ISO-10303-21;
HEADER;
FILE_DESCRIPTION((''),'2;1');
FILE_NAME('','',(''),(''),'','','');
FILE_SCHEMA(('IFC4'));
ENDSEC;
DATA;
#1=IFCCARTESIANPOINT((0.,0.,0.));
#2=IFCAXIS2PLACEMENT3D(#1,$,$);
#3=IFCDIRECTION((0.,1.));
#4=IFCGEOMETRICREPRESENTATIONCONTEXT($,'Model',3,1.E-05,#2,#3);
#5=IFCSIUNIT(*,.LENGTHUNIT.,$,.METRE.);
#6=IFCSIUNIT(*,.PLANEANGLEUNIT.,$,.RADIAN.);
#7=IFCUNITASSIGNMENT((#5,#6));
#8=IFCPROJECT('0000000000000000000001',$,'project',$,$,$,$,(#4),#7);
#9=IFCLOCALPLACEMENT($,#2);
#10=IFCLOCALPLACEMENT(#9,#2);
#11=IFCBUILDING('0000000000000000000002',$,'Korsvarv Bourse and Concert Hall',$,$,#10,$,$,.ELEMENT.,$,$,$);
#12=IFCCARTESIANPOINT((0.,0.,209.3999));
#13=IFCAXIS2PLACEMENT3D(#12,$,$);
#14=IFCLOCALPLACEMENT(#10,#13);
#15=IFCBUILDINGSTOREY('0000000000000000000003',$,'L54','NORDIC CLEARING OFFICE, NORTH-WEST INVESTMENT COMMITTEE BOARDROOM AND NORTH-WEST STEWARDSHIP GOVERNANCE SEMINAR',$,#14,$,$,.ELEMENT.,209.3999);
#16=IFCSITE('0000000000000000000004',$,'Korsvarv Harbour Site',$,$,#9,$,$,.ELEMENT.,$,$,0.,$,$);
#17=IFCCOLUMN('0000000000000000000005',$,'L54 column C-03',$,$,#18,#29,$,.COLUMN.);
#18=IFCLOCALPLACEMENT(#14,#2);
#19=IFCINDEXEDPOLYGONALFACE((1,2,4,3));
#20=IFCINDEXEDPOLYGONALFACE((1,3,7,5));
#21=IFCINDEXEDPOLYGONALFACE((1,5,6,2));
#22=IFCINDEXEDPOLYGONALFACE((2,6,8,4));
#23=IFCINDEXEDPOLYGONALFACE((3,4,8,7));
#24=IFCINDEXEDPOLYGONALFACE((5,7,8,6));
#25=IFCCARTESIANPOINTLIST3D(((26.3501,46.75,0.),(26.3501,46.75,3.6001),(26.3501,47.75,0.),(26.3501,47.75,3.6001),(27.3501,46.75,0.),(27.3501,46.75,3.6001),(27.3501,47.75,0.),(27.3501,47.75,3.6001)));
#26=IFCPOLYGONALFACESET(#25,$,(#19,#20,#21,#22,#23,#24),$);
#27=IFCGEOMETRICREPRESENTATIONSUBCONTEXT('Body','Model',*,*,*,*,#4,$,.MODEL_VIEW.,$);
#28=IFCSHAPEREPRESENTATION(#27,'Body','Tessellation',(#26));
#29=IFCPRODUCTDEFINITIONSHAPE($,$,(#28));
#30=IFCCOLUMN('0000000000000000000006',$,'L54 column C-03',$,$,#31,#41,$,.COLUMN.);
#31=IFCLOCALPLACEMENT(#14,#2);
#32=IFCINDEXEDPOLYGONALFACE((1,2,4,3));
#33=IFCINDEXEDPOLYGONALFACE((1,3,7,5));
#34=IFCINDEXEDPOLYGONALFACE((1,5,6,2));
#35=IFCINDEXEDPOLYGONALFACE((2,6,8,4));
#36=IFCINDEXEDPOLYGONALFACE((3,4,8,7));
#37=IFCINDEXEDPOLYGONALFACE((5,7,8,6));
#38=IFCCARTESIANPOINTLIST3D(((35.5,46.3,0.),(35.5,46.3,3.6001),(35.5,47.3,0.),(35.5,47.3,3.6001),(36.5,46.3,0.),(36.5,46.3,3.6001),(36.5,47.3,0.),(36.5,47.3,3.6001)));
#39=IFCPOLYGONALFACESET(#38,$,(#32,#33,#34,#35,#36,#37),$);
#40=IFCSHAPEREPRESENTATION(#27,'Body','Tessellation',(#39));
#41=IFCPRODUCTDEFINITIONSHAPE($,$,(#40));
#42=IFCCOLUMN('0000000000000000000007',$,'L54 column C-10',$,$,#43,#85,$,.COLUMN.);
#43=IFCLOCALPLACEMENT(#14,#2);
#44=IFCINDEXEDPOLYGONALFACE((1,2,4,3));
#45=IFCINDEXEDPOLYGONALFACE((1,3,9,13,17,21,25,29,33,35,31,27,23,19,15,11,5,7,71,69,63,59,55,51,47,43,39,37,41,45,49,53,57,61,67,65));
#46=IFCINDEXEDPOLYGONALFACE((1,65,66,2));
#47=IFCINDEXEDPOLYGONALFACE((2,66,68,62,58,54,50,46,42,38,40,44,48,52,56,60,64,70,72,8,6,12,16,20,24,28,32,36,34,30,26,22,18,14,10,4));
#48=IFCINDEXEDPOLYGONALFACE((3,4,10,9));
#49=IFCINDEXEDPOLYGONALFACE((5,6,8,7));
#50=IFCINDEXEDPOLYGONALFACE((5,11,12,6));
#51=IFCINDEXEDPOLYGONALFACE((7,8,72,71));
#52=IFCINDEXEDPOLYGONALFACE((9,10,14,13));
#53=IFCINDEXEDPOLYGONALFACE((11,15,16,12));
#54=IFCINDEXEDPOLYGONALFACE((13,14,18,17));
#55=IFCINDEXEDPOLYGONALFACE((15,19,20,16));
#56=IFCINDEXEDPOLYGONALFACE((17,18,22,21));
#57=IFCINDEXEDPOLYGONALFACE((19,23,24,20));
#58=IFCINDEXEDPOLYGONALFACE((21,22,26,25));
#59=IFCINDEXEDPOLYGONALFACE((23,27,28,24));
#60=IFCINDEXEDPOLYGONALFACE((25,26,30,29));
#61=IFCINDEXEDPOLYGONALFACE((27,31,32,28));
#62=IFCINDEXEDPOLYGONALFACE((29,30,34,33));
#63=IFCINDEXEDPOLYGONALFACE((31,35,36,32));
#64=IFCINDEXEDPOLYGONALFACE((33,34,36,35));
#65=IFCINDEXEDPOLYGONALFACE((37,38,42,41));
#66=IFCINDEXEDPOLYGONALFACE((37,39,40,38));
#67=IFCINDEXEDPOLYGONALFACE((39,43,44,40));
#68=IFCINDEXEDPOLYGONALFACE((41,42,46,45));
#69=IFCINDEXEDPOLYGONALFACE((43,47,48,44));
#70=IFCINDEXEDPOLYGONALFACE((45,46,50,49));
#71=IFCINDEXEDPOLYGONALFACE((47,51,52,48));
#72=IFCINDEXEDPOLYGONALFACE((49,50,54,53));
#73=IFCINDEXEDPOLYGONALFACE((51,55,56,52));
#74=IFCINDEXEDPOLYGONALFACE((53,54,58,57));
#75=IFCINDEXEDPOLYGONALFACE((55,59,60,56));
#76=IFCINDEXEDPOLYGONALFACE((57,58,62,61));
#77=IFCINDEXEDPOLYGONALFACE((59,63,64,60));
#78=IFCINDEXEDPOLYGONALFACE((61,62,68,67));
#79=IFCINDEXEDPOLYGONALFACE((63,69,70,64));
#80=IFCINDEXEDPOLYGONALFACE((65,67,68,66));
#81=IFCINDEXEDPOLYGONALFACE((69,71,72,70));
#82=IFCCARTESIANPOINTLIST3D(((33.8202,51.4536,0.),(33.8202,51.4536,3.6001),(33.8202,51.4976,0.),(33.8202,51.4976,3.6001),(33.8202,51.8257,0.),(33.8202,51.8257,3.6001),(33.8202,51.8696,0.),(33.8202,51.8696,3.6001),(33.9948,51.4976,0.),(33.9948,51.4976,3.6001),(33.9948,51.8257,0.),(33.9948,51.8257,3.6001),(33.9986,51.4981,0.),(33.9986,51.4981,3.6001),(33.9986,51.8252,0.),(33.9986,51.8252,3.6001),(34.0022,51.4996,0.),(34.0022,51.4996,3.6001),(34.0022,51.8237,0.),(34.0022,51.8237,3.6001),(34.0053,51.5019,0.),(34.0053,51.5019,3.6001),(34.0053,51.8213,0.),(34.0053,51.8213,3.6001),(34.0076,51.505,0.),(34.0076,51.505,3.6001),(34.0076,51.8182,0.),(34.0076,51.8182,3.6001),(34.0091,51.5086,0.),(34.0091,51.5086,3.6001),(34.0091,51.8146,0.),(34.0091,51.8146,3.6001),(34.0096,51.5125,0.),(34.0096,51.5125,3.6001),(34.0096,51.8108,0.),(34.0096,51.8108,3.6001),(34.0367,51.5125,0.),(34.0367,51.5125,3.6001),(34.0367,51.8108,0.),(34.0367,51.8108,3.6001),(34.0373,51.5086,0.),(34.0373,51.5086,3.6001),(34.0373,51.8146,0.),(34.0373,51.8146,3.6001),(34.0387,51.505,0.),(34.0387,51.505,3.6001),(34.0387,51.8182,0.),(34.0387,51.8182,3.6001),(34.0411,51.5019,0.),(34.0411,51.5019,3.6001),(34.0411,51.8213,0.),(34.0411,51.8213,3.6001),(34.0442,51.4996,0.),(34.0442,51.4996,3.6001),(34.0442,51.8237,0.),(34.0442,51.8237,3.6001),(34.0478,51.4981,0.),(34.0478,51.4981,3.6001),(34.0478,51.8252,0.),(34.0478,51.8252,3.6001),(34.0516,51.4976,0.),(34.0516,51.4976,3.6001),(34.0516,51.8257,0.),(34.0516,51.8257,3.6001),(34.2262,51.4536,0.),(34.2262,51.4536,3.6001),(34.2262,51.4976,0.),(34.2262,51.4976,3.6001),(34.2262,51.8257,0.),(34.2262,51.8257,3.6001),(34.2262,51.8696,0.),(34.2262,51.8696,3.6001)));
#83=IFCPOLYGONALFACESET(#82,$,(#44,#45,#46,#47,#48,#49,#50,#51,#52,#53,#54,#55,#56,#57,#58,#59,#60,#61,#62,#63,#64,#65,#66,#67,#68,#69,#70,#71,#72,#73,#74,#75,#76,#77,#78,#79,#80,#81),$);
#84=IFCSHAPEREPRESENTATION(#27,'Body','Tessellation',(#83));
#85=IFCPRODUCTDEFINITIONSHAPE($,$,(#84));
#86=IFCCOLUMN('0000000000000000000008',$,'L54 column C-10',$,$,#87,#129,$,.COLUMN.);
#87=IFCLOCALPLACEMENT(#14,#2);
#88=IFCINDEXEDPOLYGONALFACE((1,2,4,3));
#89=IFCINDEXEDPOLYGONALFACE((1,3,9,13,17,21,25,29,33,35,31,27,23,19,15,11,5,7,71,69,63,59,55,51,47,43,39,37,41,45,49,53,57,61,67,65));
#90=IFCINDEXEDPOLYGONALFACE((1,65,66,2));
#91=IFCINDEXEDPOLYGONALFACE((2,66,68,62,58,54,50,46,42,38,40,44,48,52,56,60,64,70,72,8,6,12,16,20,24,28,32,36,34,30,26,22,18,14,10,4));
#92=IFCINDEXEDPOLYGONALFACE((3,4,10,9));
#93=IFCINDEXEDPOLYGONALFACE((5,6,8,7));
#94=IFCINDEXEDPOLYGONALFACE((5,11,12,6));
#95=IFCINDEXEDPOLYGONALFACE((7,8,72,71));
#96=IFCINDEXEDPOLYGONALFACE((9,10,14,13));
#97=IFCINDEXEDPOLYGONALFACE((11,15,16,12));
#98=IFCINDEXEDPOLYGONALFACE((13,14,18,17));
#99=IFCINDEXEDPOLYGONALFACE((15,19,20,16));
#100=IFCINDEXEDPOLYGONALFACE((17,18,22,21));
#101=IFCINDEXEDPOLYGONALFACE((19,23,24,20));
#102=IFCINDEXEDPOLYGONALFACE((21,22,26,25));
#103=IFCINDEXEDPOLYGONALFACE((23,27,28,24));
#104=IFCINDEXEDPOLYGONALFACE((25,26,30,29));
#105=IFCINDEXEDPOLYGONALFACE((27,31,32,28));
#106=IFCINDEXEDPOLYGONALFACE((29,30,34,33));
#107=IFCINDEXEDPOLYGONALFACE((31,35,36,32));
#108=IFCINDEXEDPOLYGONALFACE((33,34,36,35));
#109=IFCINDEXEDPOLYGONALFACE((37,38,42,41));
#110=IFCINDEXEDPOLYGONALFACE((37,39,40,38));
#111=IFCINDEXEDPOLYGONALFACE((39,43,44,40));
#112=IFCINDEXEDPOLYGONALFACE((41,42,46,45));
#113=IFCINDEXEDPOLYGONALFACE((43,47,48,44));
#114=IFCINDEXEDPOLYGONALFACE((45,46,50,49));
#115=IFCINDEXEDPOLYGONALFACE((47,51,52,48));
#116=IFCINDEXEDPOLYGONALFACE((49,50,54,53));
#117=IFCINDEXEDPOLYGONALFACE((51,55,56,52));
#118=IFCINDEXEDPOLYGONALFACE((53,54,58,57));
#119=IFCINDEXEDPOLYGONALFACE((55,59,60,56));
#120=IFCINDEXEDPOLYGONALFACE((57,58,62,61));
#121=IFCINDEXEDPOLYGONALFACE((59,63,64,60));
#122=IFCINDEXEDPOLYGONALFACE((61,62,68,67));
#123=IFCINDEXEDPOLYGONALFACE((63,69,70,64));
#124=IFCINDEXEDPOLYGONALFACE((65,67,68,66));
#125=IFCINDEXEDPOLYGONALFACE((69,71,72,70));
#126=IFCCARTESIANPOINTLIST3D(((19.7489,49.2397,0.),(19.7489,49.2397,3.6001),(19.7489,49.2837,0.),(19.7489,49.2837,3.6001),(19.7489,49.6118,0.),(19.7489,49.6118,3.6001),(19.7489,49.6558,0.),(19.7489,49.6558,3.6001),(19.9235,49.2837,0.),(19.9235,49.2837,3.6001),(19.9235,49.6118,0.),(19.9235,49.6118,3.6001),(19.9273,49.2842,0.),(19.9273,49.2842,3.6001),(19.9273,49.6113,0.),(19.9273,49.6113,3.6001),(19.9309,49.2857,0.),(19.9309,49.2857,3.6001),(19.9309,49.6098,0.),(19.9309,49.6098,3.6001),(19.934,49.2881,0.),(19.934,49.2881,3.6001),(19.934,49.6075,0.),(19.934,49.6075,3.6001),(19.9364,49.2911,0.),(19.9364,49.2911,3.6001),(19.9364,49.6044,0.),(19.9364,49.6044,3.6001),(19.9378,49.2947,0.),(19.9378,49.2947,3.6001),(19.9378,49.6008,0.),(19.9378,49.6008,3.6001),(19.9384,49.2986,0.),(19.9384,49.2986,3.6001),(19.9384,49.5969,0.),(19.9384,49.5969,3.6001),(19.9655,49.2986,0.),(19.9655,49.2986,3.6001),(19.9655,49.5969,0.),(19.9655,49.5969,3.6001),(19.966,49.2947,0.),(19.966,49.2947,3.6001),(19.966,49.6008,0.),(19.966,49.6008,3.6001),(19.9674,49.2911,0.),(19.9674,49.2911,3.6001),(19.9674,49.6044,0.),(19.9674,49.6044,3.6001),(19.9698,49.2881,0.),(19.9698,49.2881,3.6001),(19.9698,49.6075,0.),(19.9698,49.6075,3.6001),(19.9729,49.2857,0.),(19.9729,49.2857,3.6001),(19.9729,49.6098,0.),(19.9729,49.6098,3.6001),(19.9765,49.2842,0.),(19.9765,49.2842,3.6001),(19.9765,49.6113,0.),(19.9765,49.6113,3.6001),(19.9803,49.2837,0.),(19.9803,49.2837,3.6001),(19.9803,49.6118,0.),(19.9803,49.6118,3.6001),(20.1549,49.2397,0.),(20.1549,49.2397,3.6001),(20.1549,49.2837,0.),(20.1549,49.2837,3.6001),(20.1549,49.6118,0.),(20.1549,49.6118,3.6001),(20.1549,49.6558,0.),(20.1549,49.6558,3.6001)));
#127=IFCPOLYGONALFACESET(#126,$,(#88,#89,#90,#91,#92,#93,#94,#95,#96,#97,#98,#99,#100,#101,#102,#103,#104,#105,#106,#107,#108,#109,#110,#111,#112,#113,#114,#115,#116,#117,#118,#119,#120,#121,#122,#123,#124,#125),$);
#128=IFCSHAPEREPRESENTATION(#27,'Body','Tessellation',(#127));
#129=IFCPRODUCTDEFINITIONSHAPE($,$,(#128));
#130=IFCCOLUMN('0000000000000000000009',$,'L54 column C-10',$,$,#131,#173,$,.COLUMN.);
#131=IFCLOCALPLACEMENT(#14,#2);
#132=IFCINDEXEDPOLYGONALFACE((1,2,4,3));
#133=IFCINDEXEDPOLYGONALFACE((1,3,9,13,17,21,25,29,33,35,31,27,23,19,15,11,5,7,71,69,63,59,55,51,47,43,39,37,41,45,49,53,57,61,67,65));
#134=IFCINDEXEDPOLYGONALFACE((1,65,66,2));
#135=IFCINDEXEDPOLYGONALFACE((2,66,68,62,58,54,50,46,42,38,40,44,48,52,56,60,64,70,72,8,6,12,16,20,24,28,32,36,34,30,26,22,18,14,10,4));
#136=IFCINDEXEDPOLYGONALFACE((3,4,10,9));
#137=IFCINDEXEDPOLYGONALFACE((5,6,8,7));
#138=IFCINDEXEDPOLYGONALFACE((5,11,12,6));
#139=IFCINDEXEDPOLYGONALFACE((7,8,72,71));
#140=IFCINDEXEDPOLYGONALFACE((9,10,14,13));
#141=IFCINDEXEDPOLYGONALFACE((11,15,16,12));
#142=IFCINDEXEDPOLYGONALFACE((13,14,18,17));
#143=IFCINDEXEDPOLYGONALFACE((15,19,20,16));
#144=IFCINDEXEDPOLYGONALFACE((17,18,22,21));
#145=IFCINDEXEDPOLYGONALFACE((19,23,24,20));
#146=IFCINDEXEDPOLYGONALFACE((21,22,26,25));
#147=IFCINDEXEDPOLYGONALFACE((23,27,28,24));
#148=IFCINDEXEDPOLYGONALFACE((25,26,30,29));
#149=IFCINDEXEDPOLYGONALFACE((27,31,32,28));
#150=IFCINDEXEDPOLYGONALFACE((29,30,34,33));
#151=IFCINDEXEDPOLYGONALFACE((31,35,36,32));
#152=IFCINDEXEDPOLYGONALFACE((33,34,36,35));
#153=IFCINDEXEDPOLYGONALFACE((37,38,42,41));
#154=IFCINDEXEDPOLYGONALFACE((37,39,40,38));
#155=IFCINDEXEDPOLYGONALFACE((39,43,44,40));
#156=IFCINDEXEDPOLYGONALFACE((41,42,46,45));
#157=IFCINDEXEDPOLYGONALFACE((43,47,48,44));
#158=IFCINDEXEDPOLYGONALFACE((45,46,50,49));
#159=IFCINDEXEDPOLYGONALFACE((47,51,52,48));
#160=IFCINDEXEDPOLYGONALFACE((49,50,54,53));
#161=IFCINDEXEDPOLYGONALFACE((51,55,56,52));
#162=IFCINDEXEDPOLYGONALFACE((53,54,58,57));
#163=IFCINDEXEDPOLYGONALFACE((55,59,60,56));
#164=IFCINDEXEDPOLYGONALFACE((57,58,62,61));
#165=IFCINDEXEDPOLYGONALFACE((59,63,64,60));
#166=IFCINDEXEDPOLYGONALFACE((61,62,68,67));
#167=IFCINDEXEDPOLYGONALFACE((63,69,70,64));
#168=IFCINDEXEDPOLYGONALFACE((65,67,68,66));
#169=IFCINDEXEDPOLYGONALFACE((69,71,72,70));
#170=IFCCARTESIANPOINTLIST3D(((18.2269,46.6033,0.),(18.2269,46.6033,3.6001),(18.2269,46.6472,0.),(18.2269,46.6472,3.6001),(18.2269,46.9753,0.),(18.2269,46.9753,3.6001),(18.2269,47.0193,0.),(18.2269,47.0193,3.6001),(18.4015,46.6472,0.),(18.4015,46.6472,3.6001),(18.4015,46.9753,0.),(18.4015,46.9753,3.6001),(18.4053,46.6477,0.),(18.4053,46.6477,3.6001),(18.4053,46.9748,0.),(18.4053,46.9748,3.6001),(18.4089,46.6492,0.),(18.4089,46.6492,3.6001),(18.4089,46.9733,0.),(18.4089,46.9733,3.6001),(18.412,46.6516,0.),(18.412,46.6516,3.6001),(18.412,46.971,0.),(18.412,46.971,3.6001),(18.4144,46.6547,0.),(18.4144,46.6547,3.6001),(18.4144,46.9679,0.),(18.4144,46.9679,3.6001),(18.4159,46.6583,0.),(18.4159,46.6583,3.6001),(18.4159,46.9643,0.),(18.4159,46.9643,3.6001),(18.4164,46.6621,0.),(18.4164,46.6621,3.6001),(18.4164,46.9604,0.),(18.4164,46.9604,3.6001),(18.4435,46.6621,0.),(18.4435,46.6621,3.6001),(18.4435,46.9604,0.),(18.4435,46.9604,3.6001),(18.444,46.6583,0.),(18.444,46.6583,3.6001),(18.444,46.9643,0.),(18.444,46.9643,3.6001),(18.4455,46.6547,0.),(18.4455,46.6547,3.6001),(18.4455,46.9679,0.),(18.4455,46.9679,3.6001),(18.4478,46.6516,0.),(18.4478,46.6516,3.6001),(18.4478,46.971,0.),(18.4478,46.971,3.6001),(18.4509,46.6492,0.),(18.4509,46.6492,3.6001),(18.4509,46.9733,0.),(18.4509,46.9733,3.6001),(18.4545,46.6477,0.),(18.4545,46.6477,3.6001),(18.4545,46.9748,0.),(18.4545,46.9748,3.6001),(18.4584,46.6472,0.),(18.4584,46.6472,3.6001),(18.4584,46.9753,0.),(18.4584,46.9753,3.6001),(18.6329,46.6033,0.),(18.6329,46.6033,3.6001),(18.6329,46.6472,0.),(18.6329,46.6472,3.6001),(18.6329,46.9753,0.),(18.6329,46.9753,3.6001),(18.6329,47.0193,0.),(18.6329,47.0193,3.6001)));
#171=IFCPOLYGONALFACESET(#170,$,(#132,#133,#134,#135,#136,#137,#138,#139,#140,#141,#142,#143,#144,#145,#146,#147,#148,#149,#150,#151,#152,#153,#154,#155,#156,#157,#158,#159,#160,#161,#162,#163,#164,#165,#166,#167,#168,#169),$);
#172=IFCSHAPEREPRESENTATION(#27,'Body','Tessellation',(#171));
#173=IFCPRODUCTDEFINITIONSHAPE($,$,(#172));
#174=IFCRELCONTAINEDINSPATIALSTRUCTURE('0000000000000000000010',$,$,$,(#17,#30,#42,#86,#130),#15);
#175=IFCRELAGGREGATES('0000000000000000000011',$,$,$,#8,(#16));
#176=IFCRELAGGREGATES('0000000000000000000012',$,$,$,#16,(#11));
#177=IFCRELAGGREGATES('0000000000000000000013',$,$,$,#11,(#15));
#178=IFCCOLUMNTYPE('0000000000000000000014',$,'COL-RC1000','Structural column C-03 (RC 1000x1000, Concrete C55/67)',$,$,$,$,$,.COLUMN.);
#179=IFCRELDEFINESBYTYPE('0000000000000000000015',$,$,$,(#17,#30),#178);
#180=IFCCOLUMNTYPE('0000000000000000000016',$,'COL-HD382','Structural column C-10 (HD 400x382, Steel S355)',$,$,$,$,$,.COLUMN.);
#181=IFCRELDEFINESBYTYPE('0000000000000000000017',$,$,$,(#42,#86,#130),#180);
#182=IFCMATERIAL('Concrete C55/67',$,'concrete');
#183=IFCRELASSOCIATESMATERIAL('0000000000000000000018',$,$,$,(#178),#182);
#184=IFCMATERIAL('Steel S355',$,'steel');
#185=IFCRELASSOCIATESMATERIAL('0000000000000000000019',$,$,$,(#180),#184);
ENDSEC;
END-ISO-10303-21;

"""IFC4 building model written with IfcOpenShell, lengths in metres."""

from ifc_helpers import new_model, si_unit, direction, frame, origin, origin_2d, place, context, subcontext, project, spatial, rectangle, i_section, extrude, source, transform, mapped, material, material_profile, profile_set, type_object, element, save


model = new_model("IFC4")

# Units and contexts
model_context = context("Model", 3, precision=1e-05, world=origin(), true_north=direction((0.0, 1.0)))
body_context = subcontext(model_context, "Body", "Model", "MODEL_VIEW")
ifc_project = project(units=[si_unit("LENGTHUNIT", "METRE"), si_unit("PLANEANGLEUNIT", "RADIAN")], contexts=[model_context])

# Site, building, storey
site_placement = place(None, origin())
site = spatial("IfcSite", under=ifc_project, at=site_placement, Name="Korsvarv Harbour Site", CompositionType="ELEMENT", RefElevation=0.0)
building_placement = place(site_placement, origin())
building = spatial("IfcBuilding", under=site, at=building_placement, Name="Korsvarv Bourse and Concert Hall", CompositionType="ELEMENT")
storey_placement = place(building_placement, frame((0.0, 0.0, 209.3999)))
storey = spatial("IfcBuildingStorey", under=building, at=storey_placement, Name="L54", Description="NORDIC CLEARING OFFICE, NORTH-WEST INVESTMENT COMMITTEE BOARDROOM AND NORTH-WEST STEWARDSHIP GOVERNANCE SEMINAR", CompositionType="ELEMENT", Elevation=209.3999)

# Columns
ifc_material_1 = material(Name="Concrete C55/67", Category="concrete")
ifc_material_profile_1 = material_profile(ifc_material_1, rectangle(XDim=1.0, YDim=1.0, at=origin_2d()), Name="RC 1000x1000")
ifc_profile_set_1 = profile_set([ifc_material_profile_1], Name="Concrete C55/67")
column_type_1 = type_object("IfcColumnType", Name="COL-RC1000", Description="Structural column C-03 (RC 1000x1000, Concrete C55/67)", PredefinedType="COLUMN", material=ifc_profile_set_1)
shared_shape_1 = source(origin(), body_context, "Body", "SweptSolid", [
    extrude(rectangle(XDim=1.0, YDim=1.0, at=origin_2d()), origin(), (0.0, 0.0, 1.0), 3.6001),
])
for number, where, z_axis, x_axis, name in (
    (1, (26.8501, 47.25, 0.0), (0.0, 0.0, 1.0), (1.0, 0.0, 0.0), "L54 column C-03"),
    (2, (36.0, 46.8, 0.0), (0.0, 0.0, 1.0), (1.0, 0.0, 0.0), "L54 column C-03"),
):
    element("IfcColumn", number, at=place(storey_placement, frame(where, z_axis=z_axis, x_axis=x_axis)), inside=storey, type_object=column_type_1, Name=name, PredefinedType="COLUMN", context=body_context, shape_type="MappedRepresentation", body=[
        mapped(shared_shape_1, transform((0.0, 0.0, 0.0), scale=1.0)),
    ])
ifc_material_2 = material(Name="Steel S355", Category="steel")
ifc_material_profile_2 = material_profile(ifc_material_2, i_section(OverallWidth=0.406, OverallDepth=0.416, WebThickness=0.0271, FlangeThickness=0.0439, FilletRadius=0.0149, at=origin_2d()), Name="HD 400x382")
ifc_profile_set_2 = profile_set([ifc_material_profile_2], Name="Steel S355")
column_type_2 = type_object("IfcColumnType", Name="COL-HD382", Description="Structural column C-10 (HD 400x382, Steel S355)", PredefinedType="COLUMN", material=ifc_profile_set_2)
shared_shape_2 = source(origin(), body_context, "Body", "SweptSolid", [
    extrude(i_section(OverallWidth=0.406, OverallDepth=0.416, WebThickness=0.0271, FlangeThickness=0.0439, FilletRadius=0.0149, at=origin_2d()), origin(), (0.0, 0.0, 1.0), 3.6001),
])
for number, where, z_axis, x_axis, name in (
    (3, (34.0232, 51.6616, 0.0), (0.0, 0.0, 1.0), (1.0, 0.0, 0.0), "L54 column C-10"),
    (4, (19.9519, 49.4478, 0.0), (0.0, 0.0, 1.0), (1.0, 0.0, 0.0), "L54 column C-10"),
    (5, (18.4299, 46.8113, 0.0), (0.0, 0.0, 1.0), (1.0, 0.0, 0.0), "L54 column C-10"),
):
    element("IfcColumn", number, at=place(storey_placement, frame(where, z_axis=z_axis, x_axis=x_axis)), inside=storey, type_object=column_type_2, Name=name, PredefinedType="COLUMN", context=body_context, shape_type="MappedRepresentation", body=[
        mapped(shared_shape_2, transform((0.0, 0.0, 0.0), scale=1.0)),
    ])

save(model, "model.ifc")
